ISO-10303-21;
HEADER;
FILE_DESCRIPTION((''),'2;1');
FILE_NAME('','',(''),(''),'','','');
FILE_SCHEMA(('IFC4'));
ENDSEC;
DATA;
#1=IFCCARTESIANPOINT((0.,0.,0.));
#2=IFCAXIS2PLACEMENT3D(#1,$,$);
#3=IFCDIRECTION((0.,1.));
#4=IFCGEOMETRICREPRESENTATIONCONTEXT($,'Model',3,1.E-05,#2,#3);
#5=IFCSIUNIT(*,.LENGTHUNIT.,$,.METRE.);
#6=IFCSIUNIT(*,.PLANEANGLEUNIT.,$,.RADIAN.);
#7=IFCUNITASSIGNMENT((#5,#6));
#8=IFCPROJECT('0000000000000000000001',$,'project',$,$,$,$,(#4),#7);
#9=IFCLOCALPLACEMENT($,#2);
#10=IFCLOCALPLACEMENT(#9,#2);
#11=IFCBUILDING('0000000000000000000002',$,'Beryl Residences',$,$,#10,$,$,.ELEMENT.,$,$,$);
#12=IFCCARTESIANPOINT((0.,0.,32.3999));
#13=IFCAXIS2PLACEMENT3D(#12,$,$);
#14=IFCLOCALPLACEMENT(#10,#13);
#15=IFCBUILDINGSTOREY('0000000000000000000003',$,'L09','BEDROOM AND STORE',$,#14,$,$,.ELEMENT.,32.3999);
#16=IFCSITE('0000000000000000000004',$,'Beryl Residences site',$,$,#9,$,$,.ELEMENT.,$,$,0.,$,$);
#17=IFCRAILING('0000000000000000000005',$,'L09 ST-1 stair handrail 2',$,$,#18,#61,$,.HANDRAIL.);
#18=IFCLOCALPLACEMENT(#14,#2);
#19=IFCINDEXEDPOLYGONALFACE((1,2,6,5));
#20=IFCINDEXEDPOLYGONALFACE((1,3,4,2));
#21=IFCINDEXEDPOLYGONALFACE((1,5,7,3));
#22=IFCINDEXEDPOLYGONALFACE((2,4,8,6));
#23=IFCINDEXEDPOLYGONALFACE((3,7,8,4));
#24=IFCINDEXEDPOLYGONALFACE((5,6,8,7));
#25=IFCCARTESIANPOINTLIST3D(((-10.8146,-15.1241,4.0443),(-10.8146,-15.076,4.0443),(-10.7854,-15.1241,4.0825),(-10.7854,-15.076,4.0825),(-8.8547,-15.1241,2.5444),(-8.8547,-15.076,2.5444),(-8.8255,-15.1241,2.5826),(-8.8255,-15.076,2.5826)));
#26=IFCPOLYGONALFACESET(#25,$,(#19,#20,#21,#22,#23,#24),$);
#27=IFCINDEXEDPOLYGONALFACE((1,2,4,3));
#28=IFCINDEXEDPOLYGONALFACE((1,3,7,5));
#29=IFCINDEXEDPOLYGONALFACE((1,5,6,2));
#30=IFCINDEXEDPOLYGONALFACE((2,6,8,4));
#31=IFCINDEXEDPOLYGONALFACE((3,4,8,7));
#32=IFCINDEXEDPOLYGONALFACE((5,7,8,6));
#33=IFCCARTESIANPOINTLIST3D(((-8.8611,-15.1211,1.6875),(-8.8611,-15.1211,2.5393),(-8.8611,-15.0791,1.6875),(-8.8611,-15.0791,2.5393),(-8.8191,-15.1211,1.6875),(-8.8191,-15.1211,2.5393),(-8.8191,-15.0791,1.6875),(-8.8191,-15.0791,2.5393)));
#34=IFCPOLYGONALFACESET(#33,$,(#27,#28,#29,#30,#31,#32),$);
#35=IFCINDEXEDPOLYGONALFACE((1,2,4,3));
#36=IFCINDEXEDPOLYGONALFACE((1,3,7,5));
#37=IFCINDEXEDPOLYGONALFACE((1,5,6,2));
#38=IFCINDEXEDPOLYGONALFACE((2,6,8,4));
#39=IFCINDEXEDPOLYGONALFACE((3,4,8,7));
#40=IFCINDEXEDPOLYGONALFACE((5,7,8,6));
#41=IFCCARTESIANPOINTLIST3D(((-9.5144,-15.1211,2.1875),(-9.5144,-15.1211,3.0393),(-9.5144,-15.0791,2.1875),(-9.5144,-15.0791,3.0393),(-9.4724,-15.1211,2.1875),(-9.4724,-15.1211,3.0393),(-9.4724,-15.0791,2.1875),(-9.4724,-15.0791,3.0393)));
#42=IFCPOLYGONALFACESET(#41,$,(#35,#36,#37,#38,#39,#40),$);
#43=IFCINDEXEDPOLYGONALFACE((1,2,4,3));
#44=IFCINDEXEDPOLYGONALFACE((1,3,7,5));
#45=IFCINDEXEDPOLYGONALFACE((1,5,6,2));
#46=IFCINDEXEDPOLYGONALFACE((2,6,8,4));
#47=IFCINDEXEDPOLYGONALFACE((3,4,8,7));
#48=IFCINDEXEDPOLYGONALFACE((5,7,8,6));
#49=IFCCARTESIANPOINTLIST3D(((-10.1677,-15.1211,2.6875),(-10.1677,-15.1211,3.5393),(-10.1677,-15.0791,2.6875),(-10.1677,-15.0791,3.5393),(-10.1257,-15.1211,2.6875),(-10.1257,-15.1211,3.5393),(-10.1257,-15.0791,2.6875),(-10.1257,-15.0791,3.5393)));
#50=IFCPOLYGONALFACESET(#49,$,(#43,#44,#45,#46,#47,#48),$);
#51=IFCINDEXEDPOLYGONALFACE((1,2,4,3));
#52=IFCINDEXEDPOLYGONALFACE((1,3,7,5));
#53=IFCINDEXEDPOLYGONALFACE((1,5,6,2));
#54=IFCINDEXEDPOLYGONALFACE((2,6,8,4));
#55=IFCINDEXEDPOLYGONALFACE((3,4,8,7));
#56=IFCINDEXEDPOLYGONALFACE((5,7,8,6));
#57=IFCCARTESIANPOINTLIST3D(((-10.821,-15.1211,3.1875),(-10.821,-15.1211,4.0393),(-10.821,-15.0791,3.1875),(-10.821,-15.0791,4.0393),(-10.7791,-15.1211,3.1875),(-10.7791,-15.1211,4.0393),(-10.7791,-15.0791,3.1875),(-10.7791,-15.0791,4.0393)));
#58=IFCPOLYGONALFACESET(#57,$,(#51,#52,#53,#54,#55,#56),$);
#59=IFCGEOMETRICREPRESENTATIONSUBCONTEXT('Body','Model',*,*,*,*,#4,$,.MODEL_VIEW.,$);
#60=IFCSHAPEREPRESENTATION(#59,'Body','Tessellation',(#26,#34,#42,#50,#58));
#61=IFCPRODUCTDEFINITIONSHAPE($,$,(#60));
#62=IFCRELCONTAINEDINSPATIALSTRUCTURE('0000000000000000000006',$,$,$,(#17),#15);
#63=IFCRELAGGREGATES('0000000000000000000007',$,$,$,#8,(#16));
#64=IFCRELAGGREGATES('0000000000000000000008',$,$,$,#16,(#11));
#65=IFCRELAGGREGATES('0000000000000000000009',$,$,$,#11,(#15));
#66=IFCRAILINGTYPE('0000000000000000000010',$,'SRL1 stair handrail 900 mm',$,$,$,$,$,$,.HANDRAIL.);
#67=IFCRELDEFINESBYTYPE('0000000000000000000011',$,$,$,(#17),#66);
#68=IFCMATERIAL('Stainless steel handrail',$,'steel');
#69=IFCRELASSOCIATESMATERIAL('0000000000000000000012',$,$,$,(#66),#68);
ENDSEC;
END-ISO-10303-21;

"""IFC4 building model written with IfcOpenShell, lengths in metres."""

from ifc_helpers import new_model, si_unit, direction, frame, origin, origin_2d, place, context, subcontext, project, spatial, rectangle, extrude, material, type_object, element, save


model = new_model("IFC4")

# Units and contexts
model_context = context("Model", 3, precision=1e-05, world=origin(), true_north=direction((0.0, 1.0)))
body_context = subcontext(model_context, "Body", "Model", "MODEL_VIEW")
ifc_project = project(units=[si_unit("LENGTHUNIT", "METRE"), si_unit("PLANEANGLEUNIT", "RADIAN")], contexts=[model_context])

# Site, building, storey
site_placement = place(None, origin())
site = spatial("IfcSite", under=ifc_project, at=site_placement, Name="Beryl Residences site", CompositionType="ELEMENT", RefElevation=0.0)
building_placement = place(site_placement, origin())
building = spatial("IfcBuilding", under=site, at=building_placement, Name="Beryl Residences", CompositionType="ELEMENT")
storey_placement = place(building_placement, frame((0.0, 0.0, 32.3999)))
storey = spatial("IfcBuildingStorey", under=building, at=storey_placement, Name="L09", Description="BEDROOM AND STORE", CompositionType="ELEMENT", Elevation=32.3999)

# Railing
ifc_material_1 = material(Name="Stainless steel handrail", Category="steel")
railing_type_1 = type_object("IfcRailingType", Name="SRL1 stair handrail 900 mm", PredefinedType="HANDRAIL", material=ifc_material_1)
railing_1_placement = place(storey_placement, frame((-8.8401, -15.1001, 1.6875)))
element("IfcRailing", 1, at=railing_1_placement, inside=storey, type_object=railing_type_1, Name="L09 ST-1 stair handrail 2", PredefinedType="HANDRAIL", context=body_context, shape_type="SweptSolid", body=[
    extrude(rectangle(XDim=0.0481, YDim=0.0481, at=origin_2d()), frame((0.0, 0.0, 0.876), z_axis=(-0.794122, 0.0, 0.607758), x_axis=(0.0, -1.0, 0.0)), (0.0, 0.0, 1.0), 2.468),
    extrude(rectangle(XDim=0.042, YDim=0.042, at=origin_2d()), origin(), (0.0, 0.0, 1.0), 0.8518),
    extrude(rectangle(XDim=0.042, YDim=0.042, at=origin_2d()), frame((-0.6533, 0.0, 0.5)), (0.0, 0.0, 1.0), 0.8518),
    extrude(rectangle(XDim=0.042, YDim=0.042, at=origin_2d()), frame((-1.3066, 0.0, 1.0)), (0.0, 0.0, 1.0), 0.8518),
    extrude(rectangle(XDim=0.042, YDim=0.042, at=origin_2d()), frame((-1.96, 0.0, 1.5)), (0.0, 0.0, 1.0), 0.8518),
])

save(model, "model.ifc")
